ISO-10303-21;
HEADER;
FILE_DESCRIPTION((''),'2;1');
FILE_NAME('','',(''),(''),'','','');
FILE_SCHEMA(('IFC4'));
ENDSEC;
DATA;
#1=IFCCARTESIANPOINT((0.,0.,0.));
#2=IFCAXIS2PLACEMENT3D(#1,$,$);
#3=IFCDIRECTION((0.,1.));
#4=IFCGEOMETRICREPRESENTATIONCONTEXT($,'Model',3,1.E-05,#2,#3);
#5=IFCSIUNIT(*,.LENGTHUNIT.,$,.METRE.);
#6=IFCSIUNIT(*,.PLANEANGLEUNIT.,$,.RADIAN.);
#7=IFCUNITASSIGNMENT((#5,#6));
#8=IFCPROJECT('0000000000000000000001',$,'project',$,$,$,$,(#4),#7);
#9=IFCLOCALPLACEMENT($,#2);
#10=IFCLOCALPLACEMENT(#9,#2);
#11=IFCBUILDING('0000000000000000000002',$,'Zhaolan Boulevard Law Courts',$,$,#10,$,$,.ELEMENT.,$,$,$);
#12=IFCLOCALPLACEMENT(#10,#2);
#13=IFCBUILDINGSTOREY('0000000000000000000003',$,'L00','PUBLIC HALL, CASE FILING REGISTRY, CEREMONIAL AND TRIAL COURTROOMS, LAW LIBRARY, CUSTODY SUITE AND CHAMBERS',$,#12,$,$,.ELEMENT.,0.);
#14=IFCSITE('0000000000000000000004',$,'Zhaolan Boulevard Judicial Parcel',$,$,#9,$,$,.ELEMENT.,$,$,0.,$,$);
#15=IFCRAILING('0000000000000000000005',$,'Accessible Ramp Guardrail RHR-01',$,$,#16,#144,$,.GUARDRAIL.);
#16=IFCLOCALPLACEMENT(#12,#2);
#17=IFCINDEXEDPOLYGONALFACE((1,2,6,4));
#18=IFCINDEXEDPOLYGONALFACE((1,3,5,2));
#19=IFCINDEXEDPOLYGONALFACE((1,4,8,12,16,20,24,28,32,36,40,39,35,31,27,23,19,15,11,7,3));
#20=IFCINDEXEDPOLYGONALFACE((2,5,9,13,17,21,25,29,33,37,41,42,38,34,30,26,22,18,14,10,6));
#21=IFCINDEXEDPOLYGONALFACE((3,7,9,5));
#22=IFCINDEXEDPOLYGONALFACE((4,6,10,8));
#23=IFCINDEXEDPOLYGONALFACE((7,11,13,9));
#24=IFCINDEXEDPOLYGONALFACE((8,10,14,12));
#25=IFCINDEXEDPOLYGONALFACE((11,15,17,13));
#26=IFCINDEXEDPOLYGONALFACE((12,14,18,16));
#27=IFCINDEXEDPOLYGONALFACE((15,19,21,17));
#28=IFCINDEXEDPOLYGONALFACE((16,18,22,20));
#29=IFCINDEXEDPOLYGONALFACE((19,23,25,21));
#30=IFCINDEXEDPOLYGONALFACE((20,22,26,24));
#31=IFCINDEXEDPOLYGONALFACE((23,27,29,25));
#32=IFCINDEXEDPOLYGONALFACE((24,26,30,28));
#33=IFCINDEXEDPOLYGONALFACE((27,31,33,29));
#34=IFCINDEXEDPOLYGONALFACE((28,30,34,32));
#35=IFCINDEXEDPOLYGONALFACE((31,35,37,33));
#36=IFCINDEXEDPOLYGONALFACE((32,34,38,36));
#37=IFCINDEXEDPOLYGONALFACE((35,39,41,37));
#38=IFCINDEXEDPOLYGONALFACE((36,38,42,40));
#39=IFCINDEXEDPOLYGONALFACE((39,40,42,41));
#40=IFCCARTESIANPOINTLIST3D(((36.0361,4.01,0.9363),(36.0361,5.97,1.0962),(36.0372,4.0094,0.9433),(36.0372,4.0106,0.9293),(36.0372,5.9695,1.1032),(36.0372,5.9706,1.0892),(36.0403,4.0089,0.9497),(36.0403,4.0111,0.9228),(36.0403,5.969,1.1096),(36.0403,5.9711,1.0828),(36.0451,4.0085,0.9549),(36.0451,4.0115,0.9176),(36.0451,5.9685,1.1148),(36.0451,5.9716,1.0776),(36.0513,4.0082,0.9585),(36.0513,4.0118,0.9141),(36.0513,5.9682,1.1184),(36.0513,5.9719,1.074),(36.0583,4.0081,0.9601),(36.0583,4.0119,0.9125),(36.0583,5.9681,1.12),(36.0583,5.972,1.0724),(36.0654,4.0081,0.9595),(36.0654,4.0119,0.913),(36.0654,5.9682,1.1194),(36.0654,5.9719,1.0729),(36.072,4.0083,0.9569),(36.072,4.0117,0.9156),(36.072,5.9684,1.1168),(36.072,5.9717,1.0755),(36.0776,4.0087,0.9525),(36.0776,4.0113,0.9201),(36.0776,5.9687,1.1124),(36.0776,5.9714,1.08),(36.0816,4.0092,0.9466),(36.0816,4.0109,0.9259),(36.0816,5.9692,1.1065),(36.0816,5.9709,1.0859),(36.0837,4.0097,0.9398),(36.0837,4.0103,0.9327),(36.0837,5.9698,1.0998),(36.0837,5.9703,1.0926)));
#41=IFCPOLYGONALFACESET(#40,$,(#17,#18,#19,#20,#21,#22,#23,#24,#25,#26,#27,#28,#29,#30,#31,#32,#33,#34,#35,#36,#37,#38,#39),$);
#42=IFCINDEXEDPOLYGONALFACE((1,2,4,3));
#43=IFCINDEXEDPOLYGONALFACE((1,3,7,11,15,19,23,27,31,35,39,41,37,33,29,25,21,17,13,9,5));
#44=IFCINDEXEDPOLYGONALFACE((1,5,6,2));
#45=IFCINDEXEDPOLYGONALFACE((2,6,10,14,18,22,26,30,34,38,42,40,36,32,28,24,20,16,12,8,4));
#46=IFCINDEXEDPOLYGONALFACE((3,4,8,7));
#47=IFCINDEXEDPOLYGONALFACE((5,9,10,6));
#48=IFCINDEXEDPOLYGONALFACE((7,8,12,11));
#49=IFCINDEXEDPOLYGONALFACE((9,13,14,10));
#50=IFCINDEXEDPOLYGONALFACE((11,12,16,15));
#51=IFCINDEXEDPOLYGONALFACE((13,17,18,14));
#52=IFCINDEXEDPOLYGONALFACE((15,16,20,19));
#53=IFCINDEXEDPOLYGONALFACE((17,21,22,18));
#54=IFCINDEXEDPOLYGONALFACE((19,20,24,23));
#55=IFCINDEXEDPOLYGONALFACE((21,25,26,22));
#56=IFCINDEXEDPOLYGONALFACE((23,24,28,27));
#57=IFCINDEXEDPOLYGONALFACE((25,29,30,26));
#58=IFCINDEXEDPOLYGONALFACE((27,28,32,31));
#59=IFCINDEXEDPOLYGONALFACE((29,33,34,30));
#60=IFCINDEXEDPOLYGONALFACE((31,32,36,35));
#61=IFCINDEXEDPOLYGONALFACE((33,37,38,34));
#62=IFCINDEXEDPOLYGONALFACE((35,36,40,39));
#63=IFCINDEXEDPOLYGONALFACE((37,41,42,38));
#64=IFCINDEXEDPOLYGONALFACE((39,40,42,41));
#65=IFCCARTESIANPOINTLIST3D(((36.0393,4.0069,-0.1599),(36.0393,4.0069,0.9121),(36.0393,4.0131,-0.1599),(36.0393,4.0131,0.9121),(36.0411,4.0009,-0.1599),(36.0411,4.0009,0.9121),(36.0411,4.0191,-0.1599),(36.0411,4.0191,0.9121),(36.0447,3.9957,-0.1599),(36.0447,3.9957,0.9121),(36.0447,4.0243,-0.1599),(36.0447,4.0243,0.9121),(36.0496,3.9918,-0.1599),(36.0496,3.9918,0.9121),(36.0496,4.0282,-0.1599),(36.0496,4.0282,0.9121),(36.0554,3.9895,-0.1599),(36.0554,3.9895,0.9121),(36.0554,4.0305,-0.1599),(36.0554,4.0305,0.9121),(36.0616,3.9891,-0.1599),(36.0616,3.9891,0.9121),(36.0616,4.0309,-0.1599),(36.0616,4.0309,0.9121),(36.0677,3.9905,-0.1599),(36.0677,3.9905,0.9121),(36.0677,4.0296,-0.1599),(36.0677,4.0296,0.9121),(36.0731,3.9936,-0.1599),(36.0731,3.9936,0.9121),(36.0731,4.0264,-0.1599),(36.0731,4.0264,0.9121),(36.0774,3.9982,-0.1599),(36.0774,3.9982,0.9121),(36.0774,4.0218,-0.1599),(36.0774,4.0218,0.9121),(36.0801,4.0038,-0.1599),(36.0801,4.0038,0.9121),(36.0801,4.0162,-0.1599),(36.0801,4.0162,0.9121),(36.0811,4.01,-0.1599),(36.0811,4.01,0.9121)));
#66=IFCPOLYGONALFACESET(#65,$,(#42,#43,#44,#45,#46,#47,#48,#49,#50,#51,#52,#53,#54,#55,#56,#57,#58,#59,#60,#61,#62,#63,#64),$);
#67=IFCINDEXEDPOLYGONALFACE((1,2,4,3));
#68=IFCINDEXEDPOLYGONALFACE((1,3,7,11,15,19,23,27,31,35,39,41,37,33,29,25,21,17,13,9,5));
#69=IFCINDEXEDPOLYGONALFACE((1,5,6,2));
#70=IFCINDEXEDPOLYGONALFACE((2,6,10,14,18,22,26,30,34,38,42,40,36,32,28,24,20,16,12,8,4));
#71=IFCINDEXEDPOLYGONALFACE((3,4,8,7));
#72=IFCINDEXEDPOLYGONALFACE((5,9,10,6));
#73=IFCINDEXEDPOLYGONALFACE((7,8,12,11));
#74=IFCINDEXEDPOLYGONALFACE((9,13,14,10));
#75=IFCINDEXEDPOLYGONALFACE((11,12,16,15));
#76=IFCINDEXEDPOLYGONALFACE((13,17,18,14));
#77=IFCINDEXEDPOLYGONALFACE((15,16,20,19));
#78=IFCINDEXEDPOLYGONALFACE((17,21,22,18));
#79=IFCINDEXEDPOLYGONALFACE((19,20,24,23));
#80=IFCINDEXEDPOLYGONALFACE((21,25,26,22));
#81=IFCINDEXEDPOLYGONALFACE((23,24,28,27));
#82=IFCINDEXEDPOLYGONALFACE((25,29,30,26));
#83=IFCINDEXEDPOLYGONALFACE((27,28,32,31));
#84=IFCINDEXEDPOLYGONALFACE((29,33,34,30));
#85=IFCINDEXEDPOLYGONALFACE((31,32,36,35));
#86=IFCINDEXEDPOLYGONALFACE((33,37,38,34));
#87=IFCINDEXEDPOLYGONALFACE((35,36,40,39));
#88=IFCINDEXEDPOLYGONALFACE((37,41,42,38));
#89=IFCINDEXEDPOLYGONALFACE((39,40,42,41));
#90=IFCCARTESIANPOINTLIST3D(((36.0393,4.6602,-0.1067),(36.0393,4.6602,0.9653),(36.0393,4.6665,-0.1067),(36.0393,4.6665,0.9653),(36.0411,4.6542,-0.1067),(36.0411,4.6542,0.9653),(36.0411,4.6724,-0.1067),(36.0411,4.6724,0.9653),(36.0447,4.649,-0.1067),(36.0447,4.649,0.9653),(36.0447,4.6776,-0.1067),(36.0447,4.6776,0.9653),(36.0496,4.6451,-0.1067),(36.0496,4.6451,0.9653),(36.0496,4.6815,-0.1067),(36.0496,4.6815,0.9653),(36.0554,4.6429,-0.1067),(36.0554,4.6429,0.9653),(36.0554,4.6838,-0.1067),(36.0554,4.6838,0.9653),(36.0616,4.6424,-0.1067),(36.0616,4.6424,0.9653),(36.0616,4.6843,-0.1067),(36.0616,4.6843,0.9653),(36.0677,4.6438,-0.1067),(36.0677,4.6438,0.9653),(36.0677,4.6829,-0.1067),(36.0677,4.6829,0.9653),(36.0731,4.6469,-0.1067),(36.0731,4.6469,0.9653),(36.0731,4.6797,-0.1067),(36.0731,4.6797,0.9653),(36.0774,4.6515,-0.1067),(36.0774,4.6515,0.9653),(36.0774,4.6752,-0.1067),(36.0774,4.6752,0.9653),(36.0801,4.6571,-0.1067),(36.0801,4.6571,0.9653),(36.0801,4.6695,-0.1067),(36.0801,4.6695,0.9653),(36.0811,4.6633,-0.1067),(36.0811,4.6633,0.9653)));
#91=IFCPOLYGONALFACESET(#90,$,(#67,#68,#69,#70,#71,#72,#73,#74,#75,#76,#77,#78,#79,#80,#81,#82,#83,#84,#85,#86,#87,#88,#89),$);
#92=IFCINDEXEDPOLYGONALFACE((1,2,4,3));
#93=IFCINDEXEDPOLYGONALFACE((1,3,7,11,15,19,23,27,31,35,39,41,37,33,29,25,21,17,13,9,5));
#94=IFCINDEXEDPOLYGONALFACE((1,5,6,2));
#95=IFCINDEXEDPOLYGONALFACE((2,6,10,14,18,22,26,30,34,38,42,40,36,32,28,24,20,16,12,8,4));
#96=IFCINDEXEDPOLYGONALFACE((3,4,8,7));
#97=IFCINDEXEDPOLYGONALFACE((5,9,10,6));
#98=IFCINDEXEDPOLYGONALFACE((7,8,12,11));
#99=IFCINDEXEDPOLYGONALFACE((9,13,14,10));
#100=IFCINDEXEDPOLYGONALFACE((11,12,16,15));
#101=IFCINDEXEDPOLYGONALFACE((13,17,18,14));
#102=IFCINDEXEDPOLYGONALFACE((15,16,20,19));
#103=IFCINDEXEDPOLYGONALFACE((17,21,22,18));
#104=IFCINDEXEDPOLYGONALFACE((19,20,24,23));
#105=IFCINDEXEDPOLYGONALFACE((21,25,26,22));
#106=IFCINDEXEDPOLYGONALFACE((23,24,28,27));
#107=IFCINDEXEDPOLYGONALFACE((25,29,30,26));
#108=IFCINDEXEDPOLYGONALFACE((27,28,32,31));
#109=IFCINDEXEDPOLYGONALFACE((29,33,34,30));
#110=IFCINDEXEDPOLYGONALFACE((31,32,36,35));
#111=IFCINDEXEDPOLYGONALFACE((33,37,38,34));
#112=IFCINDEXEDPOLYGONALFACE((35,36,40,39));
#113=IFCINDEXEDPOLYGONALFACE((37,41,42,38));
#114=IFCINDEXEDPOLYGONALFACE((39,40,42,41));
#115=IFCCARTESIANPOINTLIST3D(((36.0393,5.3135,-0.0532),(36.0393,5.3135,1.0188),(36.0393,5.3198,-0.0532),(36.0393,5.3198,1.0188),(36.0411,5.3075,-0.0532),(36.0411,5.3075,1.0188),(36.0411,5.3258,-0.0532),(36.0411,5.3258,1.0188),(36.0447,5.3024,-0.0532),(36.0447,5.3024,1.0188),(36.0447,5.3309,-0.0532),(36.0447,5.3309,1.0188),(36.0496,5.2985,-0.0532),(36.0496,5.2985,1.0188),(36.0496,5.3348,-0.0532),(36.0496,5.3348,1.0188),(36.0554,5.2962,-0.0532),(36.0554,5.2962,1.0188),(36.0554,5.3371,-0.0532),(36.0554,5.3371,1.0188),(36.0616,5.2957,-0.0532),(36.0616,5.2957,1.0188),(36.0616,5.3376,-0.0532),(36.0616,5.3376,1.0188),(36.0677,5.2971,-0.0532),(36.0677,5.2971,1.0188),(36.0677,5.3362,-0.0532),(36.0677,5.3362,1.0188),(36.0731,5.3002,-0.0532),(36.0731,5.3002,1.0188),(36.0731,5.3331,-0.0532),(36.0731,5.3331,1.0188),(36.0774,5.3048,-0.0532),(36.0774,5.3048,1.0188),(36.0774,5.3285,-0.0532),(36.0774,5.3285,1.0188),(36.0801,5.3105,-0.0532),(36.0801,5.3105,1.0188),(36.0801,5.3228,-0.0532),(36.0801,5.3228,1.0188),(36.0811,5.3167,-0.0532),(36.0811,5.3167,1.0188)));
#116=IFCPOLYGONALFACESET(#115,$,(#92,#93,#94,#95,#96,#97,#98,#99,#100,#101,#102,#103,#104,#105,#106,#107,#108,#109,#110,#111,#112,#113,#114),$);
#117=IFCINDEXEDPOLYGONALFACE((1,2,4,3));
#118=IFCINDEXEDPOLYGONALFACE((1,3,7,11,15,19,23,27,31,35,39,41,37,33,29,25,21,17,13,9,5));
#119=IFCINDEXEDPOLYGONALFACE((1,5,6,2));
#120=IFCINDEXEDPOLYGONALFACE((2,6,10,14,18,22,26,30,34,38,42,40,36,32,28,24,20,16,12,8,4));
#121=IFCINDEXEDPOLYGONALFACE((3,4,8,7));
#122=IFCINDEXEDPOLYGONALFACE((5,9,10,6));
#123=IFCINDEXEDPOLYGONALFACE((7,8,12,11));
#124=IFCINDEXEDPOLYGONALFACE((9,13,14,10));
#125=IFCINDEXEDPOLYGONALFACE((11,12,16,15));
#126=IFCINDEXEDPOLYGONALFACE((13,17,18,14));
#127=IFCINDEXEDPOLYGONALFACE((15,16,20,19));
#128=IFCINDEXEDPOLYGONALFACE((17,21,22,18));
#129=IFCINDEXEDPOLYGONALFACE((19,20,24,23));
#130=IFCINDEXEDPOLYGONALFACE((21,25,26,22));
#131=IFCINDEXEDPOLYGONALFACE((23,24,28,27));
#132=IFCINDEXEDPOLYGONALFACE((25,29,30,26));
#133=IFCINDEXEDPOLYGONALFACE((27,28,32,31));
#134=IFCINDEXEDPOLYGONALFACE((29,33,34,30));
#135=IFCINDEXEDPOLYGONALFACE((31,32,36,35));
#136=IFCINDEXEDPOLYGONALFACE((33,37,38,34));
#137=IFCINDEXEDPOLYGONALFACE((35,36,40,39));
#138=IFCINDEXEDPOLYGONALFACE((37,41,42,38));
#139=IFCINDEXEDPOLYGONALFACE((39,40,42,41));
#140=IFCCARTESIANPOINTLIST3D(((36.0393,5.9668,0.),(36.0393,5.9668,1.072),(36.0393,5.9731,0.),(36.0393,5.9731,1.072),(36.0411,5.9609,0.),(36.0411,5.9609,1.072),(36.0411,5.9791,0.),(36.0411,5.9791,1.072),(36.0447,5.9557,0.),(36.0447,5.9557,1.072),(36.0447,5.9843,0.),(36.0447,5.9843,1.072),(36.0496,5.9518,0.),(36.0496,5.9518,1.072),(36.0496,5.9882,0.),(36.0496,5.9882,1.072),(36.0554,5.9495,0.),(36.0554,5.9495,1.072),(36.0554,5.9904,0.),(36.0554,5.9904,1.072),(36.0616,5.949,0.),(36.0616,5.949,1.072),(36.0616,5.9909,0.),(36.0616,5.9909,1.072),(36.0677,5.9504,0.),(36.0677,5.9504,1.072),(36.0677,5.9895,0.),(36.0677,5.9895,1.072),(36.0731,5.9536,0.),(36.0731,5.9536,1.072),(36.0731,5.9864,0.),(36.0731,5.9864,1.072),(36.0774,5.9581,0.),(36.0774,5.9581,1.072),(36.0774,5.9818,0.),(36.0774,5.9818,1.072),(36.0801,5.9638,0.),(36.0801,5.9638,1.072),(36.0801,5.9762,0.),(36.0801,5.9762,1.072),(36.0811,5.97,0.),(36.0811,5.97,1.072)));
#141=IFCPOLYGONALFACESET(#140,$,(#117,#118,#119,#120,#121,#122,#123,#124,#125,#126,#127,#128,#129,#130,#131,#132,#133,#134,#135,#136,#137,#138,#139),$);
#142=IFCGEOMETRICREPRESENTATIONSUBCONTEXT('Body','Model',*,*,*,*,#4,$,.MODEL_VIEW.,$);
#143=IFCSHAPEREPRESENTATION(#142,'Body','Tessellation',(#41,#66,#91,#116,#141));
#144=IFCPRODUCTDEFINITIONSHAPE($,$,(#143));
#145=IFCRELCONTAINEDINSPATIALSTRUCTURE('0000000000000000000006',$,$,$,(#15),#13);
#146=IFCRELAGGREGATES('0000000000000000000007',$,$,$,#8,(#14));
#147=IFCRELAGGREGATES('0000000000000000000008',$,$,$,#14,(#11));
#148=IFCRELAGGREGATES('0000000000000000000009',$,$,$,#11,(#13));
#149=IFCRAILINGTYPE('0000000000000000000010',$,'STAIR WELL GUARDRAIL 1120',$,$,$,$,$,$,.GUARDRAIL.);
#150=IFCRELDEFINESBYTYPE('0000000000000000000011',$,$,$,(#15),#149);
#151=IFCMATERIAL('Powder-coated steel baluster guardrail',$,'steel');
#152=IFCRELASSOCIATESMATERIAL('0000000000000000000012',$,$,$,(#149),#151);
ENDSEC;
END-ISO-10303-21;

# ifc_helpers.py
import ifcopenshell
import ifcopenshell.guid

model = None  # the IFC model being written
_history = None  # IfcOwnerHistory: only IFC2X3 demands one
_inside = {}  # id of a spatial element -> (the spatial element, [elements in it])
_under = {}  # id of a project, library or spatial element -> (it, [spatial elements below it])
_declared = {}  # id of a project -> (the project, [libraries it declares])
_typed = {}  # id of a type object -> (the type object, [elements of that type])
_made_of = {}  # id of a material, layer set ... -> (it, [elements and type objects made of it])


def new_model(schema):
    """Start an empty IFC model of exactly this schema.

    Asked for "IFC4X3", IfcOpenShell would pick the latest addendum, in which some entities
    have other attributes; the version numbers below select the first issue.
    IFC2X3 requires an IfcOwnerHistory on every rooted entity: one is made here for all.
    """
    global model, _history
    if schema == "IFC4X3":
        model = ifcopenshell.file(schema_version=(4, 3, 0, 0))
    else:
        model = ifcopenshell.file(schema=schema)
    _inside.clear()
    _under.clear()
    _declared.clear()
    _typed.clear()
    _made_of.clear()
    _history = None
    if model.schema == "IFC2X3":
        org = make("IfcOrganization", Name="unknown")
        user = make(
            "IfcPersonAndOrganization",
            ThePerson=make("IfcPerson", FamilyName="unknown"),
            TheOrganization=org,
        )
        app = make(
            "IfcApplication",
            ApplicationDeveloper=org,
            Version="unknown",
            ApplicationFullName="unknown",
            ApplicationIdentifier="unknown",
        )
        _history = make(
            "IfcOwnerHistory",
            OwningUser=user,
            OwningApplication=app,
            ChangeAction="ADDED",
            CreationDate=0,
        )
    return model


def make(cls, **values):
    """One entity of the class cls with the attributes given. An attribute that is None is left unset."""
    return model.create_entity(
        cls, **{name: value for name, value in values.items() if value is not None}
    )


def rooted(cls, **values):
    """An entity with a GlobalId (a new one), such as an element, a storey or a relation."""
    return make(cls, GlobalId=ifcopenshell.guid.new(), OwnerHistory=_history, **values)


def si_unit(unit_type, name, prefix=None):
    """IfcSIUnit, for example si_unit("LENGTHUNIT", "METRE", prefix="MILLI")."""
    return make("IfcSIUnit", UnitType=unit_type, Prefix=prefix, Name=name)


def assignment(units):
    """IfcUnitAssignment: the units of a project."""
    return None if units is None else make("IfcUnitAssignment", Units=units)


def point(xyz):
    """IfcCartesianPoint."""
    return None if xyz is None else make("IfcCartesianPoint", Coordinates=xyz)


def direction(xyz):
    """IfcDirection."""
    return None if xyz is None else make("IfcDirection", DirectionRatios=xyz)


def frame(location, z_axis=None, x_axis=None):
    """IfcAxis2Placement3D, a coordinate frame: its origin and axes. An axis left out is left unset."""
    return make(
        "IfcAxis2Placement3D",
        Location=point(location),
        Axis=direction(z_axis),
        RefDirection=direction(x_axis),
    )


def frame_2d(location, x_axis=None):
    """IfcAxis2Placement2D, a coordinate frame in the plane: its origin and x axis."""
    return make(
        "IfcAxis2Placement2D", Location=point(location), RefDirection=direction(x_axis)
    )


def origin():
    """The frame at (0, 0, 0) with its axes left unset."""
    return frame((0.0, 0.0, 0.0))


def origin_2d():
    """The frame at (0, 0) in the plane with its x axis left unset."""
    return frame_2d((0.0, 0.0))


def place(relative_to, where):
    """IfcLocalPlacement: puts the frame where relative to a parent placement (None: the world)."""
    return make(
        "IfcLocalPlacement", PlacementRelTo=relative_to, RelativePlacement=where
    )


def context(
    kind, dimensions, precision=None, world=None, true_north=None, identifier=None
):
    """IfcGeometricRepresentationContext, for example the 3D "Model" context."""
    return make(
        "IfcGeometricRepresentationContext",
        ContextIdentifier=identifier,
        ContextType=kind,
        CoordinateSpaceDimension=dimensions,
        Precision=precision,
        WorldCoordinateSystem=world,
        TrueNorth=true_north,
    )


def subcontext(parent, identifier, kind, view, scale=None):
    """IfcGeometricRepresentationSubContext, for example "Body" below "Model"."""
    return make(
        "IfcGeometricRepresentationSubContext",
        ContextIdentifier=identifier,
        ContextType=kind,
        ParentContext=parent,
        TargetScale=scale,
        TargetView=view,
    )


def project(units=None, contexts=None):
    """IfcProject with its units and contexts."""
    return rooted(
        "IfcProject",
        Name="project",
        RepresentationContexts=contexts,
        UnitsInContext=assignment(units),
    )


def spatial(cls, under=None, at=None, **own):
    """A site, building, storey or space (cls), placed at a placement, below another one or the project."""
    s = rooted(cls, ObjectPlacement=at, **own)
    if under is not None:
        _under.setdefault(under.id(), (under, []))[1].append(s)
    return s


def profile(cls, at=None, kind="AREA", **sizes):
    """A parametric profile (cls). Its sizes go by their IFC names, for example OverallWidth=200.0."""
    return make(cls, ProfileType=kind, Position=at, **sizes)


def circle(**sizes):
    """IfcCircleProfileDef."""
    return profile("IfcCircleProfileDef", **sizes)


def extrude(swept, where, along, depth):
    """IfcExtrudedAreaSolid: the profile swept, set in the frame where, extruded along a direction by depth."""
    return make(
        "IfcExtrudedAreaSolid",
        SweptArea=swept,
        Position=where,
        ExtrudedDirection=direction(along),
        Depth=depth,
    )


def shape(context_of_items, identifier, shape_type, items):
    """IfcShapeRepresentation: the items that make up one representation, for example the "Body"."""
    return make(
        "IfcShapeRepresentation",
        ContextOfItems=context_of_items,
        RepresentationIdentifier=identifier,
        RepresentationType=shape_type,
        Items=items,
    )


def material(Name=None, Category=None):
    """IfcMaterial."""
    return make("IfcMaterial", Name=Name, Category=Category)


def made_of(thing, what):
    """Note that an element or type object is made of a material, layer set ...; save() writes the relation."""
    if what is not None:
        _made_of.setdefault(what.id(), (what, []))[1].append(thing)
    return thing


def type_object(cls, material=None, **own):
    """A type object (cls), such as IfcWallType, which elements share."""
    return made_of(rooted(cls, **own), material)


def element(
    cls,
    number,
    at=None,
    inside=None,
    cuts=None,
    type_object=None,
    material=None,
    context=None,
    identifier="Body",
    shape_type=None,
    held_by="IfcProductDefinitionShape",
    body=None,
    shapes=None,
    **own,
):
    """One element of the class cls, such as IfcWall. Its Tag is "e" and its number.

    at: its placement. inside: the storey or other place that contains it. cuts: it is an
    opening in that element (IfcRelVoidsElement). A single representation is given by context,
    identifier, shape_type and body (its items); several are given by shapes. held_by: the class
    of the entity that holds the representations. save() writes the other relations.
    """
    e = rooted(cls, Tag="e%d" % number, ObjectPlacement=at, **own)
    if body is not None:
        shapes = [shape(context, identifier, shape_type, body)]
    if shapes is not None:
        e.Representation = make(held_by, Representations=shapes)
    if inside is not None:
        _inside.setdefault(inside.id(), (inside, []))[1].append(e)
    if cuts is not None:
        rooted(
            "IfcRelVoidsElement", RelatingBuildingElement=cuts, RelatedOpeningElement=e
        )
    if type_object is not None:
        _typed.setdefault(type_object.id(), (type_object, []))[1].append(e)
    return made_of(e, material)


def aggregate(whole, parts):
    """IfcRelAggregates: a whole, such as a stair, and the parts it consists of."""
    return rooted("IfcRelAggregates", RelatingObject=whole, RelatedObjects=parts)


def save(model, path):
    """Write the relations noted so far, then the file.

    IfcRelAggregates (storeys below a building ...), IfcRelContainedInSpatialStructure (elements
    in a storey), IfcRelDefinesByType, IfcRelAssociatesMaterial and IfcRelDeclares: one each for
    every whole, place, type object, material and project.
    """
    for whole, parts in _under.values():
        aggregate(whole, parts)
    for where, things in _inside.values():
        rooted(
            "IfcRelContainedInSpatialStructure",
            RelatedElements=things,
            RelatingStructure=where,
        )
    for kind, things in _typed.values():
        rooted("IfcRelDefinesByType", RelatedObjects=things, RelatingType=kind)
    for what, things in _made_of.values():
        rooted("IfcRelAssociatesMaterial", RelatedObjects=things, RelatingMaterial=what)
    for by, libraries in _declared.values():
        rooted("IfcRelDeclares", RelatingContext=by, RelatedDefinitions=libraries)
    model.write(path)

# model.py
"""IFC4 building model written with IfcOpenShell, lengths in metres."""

from ifc_helpers import new_model, si_unit, direction, frame, origin, origin_2d, place, context, subcontext, project, spatial, circle, extrude, material, type_object, element, save


model = new_model("IFC4")

# Units and contexts
model_context = context("Model", 3, precision=1e-05, world=origin(), true_north=direction((0.0, 1.0)))
body_context = subcontext(model_context, "Body", "Model", "MODEL_VIEW")
ifc_project = project(units=[si_unit("LENGTHUNIT", "METRE"), si_unit("PLANEANGLEUNIT", "RADIAN")], contexts=[model_context])

# Site, building, storey
site_placement = place(None, origin())
site = spatial("IfcSite", under=ifc_project, at=site_placement, Name="Zhaolan Boulevard Judicial Parcel", CompositionType="ELEMENT", RefElevation=0.0)
building_placement = place(site_placement, origin())
building = spatial("IfcBuilding", under=site, at=building_placement, Name="Zhaolan Boulevard Law Courts", CompositionType="ELEMENT")
storey_placement = place(building_placement, origin())
storey = spatial("IfcBuildingStorey", under=building, at=storey_placement, Name="L00", Description="PUBLIC HALL, CASE FILING REGISTRY, CEREMONIAL AND TRIAL COURTROOMS, LAW LIBRARY, CUSTODY SUITE AND CHAMBERS", CompositionType="ELEMENT", Elevation=0.0)

# Railing
ifc_material_1 = material(Name="Powder-coated steel baluster guardrail", Category="steel")
railing_type = type_object("IfcRailingType", Name="STAIR WELL GUARDRAIL 1120", PredefinedType="GUARDRAIL", material=ifc_material_1)
for number, where, name in (
    (1, (36.0601, 4.01, -0.1599), "Accessible Ramp Guardrail RHR-01"),
):
    element("IfcRailing", number, at=place(storey_placement, frame(where)), inside=storey, type_object=railing_type, Name=name, PredefinedType="GUARDRAIL", context=body_context, shape_type="SweptSolid", body=[
        extrude(circle(Radius=0.0239, at=origin_2d()), frame((0.0, 0.0, 1.0962), z_axis=(0.0, 0.996688, 0.081319), x_axis=(-1.0, 0.0, 0.0)), (0.0, 0.0, 1.0), 1.9666),
        extrude(circle(Radius=0.021, at=origin_2d()), origin(), (0.0, 0.0, 1.0), 1.072),
        extrude(circle(Radius=0.021, at=origin_2d()), frame((0.0, 0.6533, 0.0532)), (0.0, 0.0, 1.0), 1.072),
        extrude(circle(Radius=0.021, at=origin_2d()), frame((0.0, 1.3066, 0.1067)), (0.0, 0.0, 1.0), 1.072),
        extrude(circle(Radius=0.021, at=origin_2d()), frame((0.0, 1.96, 0.1599)), (0.0, 0.0, 1.0), 1.072),
    ])

save(model, "model.ifc")
